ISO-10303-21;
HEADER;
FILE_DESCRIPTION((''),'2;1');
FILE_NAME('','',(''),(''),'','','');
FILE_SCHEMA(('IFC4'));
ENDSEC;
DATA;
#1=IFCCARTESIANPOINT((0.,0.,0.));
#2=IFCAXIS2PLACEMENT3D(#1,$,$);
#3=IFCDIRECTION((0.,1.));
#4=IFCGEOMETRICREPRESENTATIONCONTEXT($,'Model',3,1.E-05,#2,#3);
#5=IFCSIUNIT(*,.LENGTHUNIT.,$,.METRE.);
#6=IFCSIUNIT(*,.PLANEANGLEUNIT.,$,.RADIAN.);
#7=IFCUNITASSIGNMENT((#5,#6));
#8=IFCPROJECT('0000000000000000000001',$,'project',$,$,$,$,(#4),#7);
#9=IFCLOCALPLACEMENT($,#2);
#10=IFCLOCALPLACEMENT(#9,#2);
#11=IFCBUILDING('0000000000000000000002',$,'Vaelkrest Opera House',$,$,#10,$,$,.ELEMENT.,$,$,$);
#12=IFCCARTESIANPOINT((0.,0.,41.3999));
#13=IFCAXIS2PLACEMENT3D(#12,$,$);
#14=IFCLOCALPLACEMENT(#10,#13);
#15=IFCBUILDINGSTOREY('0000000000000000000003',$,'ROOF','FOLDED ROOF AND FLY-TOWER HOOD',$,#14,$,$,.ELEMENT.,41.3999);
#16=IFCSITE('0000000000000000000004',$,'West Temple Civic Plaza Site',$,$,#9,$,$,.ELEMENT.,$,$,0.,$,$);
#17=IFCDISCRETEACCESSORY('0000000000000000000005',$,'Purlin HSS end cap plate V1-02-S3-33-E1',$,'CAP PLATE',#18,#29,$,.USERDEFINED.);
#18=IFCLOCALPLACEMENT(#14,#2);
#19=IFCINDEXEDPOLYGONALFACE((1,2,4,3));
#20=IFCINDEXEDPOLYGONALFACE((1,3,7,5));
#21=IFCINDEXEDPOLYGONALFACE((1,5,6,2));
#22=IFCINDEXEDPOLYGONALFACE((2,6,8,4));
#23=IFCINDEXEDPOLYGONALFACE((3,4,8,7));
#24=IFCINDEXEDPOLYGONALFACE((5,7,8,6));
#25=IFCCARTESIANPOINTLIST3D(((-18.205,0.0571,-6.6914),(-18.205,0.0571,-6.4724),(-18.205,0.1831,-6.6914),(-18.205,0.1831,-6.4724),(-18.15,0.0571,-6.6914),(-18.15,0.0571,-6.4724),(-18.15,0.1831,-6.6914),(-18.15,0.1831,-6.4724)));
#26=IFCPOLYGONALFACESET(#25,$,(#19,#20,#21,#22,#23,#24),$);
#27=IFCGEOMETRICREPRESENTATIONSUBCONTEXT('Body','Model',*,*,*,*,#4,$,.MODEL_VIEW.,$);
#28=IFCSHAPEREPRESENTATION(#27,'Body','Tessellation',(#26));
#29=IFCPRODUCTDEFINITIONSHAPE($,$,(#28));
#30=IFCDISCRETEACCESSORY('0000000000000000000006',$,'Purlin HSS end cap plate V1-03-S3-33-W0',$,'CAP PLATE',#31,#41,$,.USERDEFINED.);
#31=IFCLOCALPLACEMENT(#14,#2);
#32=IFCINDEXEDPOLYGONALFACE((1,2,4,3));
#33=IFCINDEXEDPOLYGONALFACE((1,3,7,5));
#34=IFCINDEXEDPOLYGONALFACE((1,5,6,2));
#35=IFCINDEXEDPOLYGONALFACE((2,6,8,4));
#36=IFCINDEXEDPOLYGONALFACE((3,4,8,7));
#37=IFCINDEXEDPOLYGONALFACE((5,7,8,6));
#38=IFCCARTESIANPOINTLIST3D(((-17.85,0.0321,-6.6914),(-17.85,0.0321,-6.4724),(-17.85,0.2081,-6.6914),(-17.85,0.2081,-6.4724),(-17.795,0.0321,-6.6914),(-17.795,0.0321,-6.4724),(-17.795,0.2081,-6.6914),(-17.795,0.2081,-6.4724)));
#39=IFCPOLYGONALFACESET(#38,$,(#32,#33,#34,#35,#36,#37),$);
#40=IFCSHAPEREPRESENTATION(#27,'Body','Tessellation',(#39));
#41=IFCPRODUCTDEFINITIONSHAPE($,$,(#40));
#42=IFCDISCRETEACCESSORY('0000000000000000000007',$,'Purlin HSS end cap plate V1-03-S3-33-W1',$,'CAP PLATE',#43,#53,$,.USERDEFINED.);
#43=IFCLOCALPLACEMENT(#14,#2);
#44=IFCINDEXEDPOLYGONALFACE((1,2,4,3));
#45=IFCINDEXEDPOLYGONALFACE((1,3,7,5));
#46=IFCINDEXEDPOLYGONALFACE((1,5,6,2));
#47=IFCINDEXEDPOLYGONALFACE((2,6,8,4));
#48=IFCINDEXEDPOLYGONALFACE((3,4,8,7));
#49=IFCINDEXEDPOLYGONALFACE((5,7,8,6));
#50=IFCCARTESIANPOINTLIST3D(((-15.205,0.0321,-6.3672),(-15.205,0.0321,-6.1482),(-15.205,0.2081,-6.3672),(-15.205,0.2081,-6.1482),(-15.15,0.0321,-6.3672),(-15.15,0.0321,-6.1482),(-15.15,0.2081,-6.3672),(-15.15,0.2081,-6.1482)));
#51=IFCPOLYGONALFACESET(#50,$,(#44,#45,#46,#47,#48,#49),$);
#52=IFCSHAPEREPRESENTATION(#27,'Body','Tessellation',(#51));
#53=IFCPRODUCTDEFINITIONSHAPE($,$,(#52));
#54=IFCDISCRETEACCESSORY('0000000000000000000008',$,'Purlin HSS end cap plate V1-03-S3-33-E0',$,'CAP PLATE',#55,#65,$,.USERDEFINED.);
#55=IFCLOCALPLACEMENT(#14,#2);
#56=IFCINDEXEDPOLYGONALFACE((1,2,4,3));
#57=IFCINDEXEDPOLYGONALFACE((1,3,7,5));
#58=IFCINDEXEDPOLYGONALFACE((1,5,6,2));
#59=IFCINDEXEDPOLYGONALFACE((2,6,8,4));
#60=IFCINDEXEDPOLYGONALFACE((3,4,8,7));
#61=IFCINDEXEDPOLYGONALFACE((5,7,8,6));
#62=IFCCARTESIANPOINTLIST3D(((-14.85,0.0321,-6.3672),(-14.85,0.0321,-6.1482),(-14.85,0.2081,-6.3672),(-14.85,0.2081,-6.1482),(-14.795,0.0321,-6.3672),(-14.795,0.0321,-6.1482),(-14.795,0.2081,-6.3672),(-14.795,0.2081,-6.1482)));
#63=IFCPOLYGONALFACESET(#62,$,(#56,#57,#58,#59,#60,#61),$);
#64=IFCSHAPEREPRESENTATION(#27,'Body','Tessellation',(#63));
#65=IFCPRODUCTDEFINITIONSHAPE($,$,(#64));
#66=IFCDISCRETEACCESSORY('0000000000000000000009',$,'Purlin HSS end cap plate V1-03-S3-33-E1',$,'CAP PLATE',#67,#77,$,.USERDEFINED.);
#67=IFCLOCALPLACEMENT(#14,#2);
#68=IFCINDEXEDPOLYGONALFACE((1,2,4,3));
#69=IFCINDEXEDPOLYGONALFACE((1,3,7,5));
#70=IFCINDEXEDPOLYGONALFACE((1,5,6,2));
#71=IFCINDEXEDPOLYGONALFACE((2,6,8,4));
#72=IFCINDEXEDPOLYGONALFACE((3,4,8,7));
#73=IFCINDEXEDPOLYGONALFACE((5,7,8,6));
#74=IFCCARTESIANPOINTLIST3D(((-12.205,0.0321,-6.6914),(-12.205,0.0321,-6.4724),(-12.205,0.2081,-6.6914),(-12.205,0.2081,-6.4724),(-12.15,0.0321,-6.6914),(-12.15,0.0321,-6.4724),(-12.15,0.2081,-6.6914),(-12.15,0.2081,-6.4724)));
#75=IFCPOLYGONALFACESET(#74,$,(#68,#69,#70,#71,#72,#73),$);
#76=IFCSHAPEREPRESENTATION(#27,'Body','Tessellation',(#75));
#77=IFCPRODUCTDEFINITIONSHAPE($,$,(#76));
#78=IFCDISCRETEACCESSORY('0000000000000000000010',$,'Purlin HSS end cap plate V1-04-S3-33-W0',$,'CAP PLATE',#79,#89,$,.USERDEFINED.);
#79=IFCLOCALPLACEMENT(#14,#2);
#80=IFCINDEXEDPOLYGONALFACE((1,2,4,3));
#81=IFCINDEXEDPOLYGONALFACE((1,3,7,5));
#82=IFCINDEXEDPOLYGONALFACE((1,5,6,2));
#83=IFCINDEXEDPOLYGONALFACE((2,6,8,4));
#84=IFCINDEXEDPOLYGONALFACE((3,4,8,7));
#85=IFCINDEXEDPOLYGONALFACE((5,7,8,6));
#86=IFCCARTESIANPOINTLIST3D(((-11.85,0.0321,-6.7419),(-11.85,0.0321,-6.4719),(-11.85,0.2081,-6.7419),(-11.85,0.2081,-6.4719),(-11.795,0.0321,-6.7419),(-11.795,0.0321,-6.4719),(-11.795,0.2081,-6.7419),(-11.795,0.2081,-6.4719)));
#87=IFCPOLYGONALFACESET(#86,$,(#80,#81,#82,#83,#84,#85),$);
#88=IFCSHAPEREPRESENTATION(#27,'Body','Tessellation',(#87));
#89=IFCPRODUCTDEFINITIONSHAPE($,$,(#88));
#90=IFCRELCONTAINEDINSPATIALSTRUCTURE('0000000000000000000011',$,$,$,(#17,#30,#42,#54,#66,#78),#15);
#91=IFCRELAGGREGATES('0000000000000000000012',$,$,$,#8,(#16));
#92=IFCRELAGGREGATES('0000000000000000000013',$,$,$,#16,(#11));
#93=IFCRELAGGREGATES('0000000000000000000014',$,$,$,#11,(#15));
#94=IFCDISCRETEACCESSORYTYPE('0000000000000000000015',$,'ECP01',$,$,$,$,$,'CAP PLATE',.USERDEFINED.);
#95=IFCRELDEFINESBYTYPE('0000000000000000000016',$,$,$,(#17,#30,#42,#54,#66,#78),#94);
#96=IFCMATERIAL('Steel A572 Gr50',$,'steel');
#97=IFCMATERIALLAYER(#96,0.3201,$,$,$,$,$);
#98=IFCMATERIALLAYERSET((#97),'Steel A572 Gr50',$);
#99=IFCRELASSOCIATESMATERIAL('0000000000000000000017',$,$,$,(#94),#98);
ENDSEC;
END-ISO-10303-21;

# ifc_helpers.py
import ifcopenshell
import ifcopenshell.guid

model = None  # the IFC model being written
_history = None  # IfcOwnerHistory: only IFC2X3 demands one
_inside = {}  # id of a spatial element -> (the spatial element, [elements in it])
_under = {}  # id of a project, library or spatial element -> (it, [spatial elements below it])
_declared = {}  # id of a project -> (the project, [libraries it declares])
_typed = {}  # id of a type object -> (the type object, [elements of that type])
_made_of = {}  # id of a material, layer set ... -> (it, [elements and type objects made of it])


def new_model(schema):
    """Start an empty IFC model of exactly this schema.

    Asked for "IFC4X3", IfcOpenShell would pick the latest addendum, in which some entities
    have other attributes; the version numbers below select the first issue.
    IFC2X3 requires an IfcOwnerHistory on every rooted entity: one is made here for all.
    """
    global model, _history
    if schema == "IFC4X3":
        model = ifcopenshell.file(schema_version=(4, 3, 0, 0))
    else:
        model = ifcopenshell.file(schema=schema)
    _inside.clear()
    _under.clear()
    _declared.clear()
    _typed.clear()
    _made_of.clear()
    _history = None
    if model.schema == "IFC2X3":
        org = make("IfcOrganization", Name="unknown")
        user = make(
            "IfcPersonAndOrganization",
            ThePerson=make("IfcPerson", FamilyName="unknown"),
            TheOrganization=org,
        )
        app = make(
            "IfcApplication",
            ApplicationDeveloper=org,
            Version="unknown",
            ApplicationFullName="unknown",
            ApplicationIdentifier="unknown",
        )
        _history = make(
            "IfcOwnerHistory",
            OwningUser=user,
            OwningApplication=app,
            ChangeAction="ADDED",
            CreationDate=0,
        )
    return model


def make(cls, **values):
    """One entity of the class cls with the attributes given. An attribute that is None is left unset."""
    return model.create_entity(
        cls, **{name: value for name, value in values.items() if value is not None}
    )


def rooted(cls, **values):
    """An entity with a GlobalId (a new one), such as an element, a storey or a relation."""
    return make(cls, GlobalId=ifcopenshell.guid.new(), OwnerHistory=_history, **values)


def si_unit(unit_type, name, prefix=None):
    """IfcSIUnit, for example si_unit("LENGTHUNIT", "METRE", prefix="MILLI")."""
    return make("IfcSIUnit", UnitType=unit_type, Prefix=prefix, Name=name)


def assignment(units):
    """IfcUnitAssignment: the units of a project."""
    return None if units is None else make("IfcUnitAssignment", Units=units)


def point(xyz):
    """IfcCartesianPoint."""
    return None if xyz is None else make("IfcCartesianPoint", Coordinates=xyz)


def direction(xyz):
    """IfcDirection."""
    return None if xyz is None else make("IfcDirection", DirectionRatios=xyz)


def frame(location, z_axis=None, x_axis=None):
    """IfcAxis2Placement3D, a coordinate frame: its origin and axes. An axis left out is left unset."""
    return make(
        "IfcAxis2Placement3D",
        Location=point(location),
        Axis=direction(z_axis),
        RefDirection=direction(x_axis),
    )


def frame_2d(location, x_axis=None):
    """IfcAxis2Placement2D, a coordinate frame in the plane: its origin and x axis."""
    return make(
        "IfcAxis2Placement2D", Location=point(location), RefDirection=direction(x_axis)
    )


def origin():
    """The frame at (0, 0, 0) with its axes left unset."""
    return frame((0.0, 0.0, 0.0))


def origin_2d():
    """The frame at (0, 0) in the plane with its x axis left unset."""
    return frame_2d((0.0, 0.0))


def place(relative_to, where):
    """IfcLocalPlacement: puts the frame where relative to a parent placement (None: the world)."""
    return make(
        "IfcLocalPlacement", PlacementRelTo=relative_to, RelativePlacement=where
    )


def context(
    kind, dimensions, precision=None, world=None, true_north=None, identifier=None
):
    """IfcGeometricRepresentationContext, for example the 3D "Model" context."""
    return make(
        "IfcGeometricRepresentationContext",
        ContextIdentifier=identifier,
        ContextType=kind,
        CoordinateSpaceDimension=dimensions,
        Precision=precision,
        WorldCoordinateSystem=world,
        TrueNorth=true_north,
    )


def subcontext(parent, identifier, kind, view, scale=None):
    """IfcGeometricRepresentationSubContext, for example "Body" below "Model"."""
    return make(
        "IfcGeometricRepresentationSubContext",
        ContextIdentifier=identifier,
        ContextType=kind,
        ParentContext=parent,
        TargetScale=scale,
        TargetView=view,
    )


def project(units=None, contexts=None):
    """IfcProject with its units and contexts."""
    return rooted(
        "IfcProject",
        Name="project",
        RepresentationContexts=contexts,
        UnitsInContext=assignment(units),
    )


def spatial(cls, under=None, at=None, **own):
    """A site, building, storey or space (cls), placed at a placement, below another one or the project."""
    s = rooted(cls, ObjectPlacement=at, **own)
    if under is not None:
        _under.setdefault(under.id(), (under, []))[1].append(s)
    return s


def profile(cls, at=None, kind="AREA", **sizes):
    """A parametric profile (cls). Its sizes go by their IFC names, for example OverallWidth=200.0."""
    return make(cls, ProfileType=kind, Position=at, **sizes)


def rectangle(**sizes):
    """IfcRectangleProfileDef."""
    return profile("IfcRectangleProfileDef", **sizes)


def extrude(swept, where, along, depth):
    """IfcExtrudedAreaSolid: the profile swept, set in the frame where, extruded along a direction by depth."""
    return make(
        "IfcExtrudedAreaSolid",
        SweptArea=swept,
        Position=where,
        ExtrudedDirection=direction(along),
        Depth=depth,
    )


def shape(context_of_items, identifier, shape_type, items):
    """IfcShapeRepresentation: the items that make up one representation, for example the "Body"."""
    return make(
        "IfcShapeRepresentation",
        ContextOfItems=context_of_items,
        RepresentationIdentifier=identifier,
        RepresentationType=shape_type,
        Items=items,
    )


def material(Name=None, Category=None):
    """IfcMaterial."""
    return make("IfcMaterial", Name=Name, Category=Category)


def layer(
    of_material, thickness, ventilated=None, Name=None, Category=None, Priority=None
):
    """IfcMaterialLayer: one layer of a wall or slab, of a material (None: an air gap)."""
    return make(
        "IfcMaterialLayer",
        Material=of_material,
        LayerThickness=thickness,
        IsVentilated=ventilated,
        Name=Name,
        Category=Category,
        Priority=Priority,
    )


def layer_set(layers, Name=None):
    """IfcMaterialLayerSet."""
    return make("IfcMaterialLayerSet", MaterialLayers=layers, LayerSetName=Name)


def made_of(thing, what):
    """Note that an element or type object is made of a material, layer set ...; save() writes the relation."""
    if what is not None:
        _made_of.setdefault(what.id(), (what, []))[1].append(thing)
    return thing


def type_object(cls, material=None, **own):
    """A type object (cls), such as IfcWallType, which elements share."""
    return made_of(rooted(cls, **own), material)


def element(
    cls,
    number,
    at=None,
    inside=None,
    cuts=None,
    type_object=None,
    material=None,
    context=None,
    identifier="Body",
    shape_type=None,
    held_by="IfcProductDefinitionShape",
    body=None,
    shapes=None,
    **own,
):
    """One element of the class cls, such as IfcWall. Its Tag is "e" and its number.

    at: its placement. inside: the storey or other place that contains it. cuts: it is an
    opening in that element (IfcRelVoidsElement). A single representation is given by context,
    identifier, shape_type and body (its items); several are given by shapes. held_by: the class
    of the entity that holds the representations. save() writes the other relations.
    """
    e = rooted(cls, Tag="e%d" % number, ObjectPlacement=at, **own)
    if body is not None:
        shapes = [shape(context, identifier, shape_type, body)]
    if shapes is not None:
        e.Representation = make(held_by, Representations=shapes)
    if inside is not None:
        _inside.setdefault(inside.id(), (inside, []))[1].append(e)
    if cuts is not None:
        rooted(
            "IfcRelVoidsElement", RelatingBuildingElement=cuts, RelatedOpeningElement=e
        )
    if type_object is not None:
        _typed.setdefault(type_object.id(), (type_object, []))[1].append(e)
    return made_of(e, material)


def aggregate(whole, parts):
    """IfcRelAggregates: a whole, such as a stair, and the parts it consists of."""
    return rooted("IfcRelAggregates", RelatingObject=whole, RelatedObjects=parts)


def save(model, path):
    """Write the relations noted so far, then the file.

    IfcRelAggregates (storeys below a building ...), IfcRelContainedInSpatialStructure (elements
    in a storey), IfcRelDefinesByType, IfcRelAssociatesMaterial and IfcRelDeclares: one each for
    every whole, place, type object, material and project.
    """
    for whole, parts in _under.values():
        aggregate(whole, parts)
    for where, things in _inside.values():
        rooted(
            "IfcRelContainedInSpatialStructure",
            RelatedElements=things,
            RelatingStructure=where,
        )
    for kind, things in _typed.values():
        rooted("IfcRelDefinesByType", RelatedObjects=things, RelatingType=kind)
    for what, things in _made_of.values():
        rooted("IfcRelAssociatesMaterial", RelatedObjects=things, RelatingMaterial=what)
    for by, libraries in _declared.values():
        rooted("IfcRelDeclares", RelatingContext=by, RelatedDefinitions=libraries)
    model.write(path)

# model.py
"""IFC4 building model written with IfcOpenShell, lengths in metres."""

from ifc_helpers import new_model, si_unit, direction, frame, origin, origin_2d, place, context, subcontext, project, spatial, rectangle, extrude, material, layer, layer_set, type_object, element, save


model = new_model("IFC4")

# Units and contexts
model_context = context("Model", 3, precision=1e-05, world=origin(), true_north=direction((0.0, 1.0)))
body_context = subcontext(model_context, "Body", "Model", "MODEL_VIEW")
ifc_project = project(units=[si_unit("LENGTHUNIT", "METRE"), si_unit("PLANEANGLEUNIT", "RADIAN")], contexts=[model_context])

# Site, building, storey
site_placement = place(None, origin())
site = spatial("IfcSite", under=ifc_project, at=site_placement, Name="West Temple Civic Plaza Site", CompositionType="ELEMENT", RefElevation=0.0)
building_placement = place(site_placement, origin())
building = spatial("IfcBuilding", under=site, at=building_placement, Name="Vaelkrest Opera House", CompositionType="ELEMENT")
storey_placement = place(building_placement, frame((0.0, 0.0, 41.3999)))
storey = spatial("IfcBuildingStorey", under=building, at=storey_placement, Name="ROOF", Description="FOLDED ROOF AND FLY-TOWER HOOD", CompositionType="ELEMENT", Elevation=41.3999)

# Shared definitions
ifc_material_1 = material(Name="Steel A572 Gr50", Category="steel")

# Discrete accessories
ifc_layer_1 = layer(ifc_material_1, 0.3201)
ifc_layer_set_1 = layer_set([ifc_layer_1], Name="Steel A572 Gr50")
discrete_accessory_type = type_object("IfcDiscreteAccessoryType", Name="ECP01", ElementType="CAP PLATE", PredefinedType="USERDEFINED", material=ifc_layer_set_1)
for number, where, z_axis, x_axis, name in (
    (1, (-18.1775, 0.1201, -6.6914), (0.0, 0.0, 1.0), (1.0, 0.0, 0.0), "Purlin HSS end cap plate V1-02-S3-33-E1"),
):
    element("IfcDiscreteAccessory", number, at=place(storey_placement, frame(where, z_axis=z_axis, x_axis=x_axis)), inside=storey, type_object=discrete_accessory_type, Name=name, ObjectType="CAP PLATE", PredefinedType="USERDEFINED", context=body_context, shape_type="SweptSolid", body=[
        extrude(rectangle(XDim=0.0549, YDim=0.126, at=origin_2d()), origin(), (0.0, 0.0, 1.0), 0.219),
    ])
for number, where, z_axis, x_axis, name in (
    (2, (-17.8225, 0.1201, -6.6914), (0.0, 0.0, 1.0), (1.0, 0.0, 0.0), "Purlin HSS end cap plate V1-03-S3-33-W0"),
    (3, (-15.1775, 0.1201, -6.3672), (0.0, 0.0, 1.0), (1.0, 0.0, 0.0), "Purlin HSS end cap plate V1-03-S3-33-W1"),
    (4, (-14.8225, 0.1201, -6.3672), (0.0, 0.0, 1.0), (1.0, 0.0, 0.0), "Purlin HSS end cap plate V1-03-S3-33-E0"),
    (5, (-12.1775, 0.1201, -6.6914), (0.0, 0.0, 1.0), (1.0, 0.0, 0.0), "Purlin HSS end cap plate V1-03-S3-33-E1"),
):
    element("IfcDiscreteAccessory", number, at=place(storey_placement, frame(where, z_axis=z_axis, x_axis=x_axis)), inside=storey, type_object=discrete_accessory_type, Name=name, ObjectType="CAP PLATE", PredefinedType="USERDEFINED", context=body_context, shape_type="SweptSolid", body=[
        extrude(rectangle(XDim=0.0549, YDim=0.176, at=origin_2d()), origin(), (0.0, 0.0, 1.0), 0.219),
    ])
discrete_accessory_placement = place(storey_placement, frame((-11.8225, 0.1201, -6.7419), z_axis=(0.0, 0.0, 1.0), x_axis=(1.0, 0.0, 0.0)))
element("IfcDiscreteAccessory", 6, at=discrete_accessory_placement, inside=storey, type_object=discrete_accessory_type, Name="Purlin HSS end cap plate V1-04-S3-33-W0", ObjectType="CAP PLATE", PredefinedType="USERDEFINED", context=body_context, shape_type="SweptSolid", body=[
    extrude(rectangle(XDim=0.0549, YDim=0.176, at=origin_2d()), origin(), (0.0, 0.0, 1.0), 0.27),
])

save(model, "model.ifc")
